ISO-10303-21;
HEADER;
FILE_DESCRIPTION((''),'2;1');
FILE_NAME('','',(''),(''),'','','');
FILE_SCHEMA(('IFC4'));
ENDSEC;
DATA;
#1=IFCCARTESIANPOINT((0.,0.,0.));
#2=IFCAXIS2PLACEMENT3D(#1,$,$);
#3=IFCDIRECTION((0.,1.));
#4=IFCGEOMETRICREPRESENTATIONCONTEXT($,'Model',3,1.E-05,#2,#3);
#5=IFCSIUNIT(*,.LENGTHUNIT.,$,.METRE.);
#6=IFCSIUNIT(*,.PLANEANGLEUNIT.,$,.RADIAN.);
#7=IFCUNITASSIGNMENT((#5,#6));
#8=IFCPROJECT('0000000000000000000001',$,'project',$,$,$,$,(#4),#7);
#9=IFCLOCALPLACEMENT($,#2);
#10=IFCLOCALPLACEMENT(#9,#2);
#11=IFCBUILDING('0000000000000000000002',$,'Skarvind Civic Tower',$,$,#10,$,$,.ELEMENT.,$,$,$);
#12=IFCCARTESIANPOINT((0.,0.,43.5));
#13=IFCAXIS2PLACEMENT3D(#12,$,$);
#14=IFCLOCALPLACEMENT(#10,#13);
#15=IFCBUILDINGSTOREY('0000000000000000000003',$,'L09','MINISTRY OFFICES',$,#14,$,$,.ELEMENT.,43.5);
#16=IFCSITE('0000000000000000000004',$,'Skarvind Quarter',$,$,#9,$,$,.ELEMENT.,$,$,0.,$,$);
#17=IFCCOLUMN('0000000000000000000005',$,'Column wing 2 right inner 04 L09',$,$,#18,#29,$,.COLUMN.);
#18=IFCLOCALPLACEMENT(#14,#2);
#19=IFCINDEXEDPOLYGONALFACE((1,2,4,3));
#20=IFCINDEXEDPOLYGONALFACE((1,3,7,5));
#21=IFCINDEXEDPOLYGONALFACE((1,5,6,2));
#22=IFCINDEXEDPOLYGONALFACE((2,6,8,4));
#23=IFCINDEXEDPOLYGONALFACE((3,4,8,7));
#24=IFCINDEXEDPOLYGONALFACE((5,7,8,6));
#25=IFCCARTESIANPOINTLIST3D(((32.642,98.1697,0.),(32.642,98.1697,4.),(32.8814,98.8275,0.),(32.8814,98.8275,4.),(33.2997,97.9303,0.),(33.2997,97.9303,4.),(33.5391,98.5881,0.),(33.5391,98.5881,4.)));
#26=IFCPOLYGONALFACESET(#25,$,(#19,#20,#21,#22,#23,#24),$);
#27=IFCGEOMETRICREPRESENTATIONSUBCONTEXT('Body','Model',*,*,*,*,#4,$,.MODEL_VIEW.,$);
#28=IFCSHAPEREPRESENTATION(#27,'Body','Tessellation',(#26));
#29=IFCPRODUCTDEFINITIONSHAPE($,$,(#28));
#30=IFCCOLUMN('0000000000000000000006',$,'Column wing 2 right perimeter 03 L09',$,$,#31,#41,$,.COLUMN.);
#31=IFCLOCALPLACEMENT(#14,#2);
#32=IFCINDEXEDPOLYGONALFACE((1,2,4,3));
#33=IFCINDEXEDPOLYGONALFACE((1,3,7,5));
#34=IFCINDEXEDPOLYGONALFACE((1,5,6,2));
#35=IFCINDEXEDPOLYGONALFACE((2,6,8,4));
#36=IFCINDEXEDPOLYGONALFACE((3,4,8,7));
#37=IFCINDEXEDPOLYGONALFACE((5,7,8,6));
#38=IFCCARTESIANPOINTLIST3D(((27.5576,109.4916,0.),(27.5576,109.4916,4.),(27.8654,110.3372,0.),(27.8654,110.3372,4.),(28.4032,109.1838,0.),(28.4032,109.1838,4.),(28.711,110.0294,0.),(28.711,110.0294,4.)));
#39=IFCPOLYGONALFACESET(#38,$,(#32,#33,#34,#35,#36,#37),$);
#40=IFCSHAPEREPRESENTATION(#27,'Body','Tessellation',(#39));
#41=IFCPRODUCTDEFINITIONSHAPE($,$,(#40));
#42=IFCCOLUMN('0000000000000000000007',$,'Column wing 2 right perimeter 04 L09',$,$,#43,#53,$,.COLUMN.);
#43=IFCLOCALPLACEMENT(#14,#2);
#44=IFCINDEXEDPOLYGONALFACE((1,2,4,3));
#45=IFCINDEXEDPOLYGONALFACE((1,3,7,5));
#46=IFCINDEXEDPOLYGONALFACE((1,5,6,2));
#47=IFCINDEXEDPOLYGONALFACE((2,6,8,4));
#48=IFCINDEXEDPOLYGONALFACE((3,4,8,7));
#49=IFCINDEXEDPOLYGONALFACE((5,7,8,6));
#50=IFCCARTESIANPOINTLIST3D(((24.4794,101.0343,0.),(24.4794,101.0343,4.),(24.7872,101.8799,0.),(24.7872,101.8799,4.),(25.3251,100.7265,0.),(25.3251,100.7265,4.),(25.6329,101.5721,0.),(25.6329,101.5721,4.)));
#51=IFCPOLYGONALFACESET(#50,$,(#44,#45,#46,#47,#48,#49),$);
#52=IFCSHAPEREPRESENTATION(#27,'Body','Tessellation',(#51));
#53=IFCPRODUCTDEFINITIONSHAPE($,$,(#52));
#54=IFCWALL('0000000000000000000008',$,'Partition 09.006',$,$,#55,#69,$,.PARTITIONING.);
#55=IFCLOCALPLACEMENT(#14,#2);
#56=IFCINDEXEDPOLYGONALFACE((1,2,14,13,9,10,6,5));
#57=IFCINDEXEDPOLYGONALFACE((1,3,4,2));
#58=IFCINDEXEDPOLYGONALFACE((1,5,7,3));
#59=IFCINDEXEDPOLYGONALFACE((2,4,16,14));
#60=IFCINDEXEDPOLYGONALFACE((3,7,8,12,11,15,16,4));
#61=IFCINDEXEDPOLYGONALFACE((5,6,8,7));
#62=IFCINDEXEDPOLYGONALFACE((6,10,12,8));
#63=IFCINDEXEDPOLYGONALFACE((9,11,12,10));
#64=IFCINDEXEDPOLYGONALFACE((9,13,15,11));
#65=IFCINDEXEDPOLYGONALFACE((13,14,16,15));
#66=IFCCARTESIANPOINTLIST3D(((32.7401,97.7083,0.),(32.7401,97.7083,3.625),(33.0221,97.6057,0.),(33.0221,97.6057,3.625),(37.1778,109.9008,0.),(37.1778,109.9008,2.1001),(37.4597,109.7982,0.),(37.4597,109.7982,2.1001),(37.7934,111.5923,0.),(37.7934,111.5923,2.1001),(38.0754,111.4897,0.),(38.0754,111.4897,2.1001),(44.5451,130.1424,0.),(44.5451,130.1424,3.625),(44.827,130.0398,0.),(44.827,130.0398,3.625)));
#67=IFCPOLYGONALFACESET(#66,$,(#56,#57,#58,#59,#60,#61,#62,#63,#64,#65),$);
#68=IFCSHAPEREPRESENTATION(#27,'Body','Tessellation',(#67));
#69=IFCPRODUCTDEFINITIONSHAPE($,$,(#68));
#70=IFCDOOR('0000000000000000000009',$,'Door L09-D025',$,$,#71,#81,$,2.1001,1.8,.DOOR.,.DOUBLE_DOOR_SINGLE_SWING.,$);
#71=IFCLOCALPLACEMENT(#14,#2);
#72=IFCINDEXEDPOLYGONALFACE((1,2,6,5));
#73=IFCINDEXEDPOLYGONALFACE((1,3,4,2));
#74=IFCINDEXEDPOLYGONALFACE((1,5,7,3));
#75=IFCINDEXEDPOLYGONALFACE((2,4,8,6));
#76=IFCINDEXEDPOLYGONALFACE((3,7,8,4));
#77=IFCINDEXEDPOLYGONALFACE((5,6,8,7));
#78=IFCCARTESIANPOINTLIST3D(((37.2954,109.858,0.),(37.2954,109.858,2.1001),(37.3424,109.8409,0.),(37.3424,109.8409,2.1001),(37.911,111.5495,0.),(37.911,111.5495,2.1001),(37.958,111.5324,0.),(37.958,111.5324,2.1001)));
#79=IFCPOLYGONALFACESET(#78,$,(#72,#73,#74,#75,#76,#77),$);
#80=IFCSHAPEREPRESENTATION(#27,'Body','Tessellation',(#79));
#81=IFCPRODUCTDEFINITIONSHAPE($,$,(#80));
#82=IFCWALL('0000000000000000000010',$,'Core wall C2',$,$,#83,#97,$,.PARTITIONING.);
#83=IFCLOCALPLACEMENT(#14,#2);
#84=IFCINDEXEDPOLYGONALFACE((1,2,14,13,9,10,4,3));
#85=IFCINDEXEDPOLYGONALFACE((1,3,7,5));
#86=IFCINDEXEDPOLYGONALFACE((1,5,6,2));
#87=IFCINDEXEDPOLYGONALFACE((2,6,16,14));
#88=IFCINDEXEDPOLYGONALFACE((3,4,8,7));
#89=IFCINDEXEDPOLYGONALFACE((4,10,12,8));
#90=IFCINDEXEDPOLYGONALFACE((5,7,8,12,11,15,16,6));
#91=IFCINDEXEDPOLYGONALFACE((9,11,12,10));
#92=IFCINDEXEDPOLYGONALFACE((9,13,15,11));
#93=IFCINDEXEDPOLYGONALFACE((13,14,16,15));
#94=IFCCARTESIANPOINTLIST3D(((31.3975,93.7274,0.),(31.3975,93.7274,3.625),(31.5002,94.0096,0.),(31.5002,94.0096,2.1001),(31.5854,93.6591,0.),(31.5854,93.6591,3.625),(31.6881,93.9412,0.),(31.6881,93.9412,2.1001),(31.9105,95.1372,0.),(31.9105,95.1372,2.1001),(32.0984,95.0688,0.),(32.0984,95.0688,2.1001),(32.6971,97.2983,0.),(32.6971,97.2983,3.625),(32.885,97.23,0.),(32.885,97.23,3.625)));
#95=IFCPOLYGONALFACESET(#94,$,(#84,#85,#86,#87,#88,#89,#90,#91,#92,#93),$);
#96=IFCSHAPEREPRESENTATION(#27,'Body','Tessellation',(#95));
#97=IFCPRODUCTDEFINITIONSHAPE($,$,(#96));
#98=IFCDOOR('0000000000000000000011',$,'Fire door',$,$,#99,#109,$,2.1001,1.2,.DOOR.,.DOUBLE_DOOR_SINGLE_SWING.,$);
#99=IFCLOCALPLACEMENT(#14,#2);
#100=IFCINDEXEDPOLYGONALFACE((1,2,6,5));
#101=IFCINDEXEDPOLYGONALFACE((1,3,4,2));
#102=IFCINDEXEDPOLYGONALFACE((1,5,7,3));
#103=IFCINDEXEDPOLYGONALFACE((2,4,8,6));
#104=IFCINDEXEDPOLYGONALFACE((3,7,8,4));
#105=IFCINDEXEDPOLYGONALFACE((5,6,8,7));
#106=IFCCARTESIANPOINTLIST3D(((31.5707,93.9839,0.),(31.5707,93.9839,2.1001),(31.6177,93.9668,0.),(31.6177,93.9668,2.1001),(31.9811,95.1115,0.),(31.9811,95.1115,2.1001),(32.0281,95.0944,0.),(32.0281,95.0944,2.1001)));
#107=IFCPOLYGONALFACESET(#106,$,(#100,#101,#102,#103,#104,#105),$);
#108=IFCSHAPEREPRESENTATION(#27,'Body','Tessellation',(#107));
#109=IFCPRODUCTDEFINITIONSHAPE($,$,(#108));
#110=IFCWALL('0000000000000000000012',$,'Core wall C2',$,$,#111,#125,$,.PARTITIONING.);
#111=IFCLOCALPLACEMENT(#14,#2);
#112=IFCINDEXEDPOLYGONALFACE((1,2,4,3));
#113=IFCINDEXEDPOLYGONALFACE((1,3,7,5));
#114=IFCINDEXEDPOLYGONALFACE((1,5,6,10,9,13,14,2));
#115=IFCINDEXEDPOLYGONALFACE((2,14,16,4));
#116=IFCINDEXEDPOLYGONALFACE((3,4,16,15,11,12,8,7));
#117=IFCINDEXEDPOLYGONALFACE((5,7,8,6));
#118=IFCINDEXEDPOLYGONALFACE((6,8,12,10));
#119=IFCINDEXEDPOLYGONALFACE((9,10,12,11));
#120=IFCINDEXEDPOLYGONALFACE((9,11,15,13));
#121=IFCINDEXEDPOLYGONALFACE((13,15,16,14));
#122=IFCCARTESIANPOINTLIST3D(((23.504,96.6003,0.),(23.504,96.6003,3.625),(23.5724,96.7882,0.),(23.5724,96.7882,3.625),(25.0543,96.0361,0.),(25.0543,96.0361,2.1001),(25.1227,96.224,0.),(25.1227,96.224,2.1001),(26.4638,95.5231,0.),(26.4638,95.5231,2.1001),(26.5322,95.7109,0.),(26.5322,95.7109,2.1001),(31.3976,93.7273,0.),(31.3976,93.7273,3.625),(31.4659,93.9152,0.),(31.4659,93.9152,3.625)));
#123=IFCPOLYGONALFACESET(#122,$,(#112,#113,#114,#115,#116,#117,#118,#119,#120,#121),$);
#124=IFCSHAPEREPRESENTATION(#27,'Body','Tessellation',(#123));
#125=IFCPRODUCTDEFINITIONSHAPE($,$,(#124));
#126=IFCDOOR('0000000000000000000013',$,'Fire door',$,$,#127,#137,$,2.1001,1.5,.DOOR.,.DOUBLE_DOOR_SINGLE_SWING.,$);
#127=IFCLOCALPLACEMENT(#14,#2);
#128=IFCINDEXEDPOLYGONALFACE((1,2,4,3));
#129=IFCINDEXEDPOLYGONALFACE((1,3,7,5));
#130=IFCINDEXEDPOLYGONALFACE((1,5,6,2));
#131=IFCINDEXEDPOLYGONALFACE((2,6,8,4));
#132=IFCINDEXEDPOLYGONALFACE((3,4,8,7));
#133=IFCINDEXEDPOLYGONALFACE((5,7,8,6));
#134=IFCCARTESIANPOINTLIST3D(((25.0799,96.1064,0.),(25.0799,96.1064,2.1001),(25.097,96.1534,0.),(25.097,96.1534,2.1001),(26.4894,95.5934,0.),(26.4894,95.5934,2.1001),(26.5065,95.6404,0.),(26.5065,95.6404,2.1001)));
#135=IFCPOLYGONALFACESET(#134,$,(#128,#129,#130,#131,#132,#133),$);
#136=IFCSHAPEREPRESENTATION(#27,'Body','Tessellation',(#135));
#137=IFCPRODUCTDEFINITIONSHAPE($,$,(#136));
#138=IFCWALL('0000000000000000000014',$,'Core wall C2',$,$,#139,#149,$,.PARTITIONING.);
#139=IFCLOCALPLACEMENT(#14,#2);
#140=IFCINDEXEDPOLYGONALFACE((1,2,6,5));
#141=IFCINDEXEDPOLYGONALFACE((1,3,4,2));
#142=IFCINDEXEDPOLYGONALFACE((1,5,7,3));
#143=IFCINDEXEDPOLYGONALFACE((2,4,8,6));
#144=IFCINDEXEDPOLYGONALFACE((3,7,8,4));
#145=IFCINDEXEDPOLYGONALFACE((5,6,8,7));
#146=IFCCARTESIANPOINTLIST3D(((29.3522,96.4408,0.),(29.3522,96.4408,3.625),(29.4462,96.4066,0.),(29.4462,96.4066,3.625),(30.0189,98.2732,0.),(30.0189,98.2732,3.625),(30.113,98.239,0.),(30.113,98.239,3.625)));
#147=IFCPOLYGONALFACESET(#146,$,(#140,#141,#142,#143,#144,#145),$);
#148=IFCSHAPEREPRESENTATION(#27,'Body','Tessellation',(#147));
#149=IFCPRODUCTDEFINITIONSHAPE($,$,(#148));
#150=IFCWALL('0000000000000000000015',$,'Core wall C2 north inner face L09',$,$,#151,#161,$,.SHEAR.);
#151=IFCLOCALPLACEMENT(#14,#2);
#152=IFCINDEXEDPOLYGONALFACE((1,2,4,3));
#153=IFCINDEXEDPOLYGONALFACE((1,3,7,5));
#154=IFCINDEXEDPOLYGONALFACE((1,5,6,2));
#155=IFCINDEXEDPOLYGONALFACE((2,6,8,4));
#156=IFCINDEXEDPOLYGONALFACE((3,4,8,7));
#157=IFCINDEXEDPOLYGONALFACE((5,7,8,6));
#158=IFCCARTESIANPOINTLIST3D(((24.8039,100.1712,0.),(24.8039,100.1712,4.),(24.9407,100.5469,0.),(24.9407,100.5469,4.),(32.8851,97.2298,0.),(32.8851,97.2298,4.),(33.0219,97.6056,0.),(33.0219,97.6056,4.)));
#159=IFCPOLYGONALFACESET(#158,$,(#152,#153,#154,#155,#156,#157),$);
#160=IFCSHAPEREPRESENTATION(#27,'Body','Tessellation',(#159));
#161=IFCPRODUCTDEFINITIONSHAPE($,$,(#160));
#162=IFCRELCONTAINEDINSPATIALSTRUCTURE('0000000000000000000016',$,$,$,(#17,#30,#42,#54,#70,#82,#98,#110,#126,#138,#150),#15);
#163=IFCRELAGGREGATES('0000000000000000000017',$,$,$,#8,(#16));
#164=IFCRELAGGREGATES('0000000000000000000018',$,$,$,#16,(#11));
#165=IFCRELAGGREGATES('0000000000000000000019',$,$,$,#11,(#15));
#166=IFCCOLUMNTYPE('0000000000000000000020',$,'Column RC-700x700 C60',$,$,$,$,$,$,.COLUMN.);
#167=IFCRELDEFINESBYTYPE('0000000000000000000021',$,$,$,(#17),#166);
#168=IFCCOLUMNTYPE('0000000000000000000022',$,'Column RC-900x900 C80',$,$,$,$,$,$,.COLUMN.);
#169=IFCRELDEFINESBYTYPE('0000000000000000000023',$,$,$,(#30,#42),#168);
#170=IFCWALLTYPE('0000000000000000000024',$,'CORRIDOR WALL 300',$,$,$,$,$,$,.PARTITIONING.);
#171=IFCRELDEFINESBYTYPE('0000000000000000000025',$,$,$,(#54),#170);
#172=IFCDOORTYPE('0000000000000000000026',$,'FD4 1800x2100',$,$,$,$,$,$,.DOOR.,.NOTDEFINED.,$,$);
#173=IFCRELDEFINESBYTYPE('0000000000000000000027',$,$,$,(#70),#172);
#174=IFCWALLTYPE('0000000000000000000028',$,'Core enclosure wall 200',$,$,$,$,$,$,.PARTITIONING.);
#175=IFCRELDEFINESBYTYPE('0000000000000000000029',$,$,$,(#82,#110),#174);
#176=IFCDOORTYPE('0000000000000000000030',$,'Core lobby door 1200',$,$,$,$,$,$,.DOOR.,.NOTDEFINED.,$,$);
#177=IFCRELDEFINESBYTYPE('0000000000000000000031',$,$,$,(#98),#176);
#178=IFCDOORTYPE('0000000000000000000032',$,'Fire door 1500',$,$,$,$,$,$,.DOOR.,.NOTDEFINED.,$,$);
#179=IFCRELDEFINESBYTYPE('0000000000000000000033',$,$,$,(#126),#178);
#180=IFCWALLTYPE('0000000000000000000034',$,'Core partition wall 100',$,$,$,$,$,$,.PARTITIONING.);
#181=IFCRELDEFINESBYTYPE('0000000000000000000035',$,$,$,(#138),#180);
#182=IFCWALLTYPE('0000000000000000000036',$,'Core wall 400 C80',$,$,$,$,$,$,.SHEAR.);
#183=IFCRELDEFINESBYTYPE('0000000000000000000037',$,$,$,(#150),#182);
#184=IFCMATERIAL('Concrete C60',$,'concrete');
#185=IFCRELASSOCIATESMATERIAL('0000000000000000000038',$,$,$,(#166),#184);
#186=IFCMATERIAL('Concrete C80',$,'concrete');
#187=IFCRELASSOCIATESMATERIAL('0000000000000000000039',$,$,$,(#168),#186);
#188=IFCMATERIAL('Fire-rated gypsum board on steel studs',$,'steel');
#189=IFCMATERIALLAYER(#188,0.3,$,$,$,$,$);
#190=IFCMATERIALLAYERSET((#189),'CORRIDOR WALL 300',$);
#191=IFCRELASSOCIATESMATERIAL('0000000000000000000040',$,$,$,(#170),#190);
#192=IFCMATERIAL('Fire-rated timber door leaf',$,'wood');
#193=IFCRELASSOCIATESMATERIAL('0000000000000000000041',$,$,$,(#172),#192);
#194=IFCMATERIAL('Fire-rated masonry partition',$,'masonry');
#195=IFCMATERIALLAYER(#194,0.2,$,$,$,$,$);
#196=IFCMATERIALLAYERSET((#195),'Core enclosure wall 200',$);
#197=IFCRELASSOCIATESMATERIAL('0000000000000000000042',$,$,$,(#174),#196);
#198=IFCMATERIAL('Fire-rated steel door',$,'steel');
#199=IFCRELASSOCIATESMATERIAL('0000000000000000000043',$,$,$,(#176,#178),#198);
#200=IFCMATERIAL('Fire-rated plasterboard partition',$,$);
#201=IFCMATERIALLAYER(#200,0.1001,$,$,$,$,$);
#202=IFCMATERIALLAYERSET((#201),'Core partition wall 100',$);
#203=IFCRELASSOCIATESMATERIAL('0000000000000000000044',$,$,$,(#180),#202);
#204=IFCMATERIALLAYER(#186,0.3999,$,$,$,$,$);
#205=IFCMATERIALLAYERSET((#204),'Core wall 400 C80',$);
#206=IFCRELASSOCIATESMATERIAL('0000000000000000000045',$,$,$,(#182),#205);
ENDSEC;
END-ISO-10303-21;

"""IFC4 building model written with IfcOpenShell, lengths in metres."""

from ifc_helpers import new_model, si_unit, direction, frame, frame_2d, origin, origin_2d, place, context, subcontext, project, spatial, rectangle, extrude, material, layer, layer_set, material_profile, profile_set, type_object, element, fill, save


model = new_model("IFC4")

# Units and contexts
model_context = context("Model", 3, precision=1e-05, world=origin(), true_north=direction((0.0, 1.0)))
body_context = subcontext(model_context, "Body", "Model", "MODEL_VIEW")
ifc_project = project(units=[si_unit("LENGTHUNIT", "METRE"), si_unit("PLANEANGLEUNIT", "RADIAN")], contexts=[model_context])

# Site, building, storey
site_placement = place(None, origin())
site = spatial("IfcSite", under=ifc_project, at=site_placement, Name="Skarvind Quarter", CompositionType="ELEMENT", RefElevation=0.0)
building_placement = place(site_placement, origin())
building = spatial("IfcBuilding", under=site, at=building_placement, Name="Skarvind Civic Tower", CompositionType="ELEMENT")
storey_placement = place(building_placement, frame((0.0, 0.0, 43.5)))
storey = spatial("IfcBuildingStorey", under=building, at=storey_placement, Name="L09", Description="MINISTRY OFFICES", CompositionType="ELEMENT", Elevation=43.5)

# Columns
ifc_material_1 = material(Name="Concrete C60", Category="concrete")
ifc_material_profile_1 = material_profile(ifc_material_1, rectangle(XDim=0.7, YDim=0.7, at=origin_2d()), Name="RC-700x700")
ifc_profile_set_1 = profile_set([ifc_material_profile_1], Name="Concrete C60")
column_type_1 = type_object("IfcColumnType", Name="Column RC-700x700 C60", PredefinedType="COLUMN", material=ifc_profile_set_1)
column_placement = place(storey_placement, frame((33.0906, 98.3789, 0.0), z_axis=(0.0, 0.0, 1.0), x_axis=(-0.34202, -0.939693, 0.0)))
element("IfcColumn", 1, at=column_placement, inside=storey, type_object=column_type_1, Name="Column wing 2 right inner 04 L09", PredefinedType="COLUMN", context=body_context, shape_type="SweptSolid", body=[
    extrude(rectangle(XDim=0.7, YDim=0.7, at=origin_2d()), origin(), (0.0, 0.0, 1.0), 4.0),
])
ifc_material_2 = material(Name="Concrete C80", Category="concrete")
ifc_material_profile_2 = material_profile(ifc_material_2, rectangle(XDim=0.8999, YDim=0.8999, at=origin_2d()), Name="RC-900x900")
ifc_profile_set_2 = profile_set([ifc_material_profile_2], Name="Concrete C80")
column_type_2 = type_object("IfcColumnType", Name="Column RC-900x900 C80", PredefinedType="COLUMN", material=ifc_profile_set_2)
for number, where, z_axis, x_axis, name in (
    (2, (28.1343, 109.7605, 0.0), (0.0, 0.0, 1.0), (-0.34202, -0.939693, 0.0), "Column wing 2 right perimeter 03 L09"),
    (3, (25.0562, 101.3032, 0.0), (0.0, 0.0, 1.0), (-0.34202, -0.939693, 0.0), "Column wing 2 right perimeter 04 L09"),
):
    element("IfcColumn", number, at=place(storey_placement, frame(where, z_axis=z_axis, x_axis=x_axis)), inside=storey, type_object=column_type_2, Name=name, PredefinedType="COLUMN", context=body_context, shape_type="SweptSolid", body=[
        extrude(rectangle(XDim=0.8999, YDim=0.8999, at=origin_2d()), origin(), (0.0, 0.0, 1.0), 4.0),
    ])

# Walls, openings, doors
ifc_material_3 = material(Name="Fire-rated gypsum board on steel studs", Category="steel")
ifc_layer_1 = layer(ifc_material_3, 0.3)
ifc_layer_set_1 = layer_set([ifc_layer_1], Name="CORRIDOR WALL 300")
wall_type_1 = type_object("IfcWallType", Name="CORRIDOR WALL 300", PredefinedType="PARTITIONING", material=ifc_layer_set_1)
wall_1_placement = place(storey_placement, frame((32.8811, 97.657, 0.0), z_axis=(0.0, 0.0, 1.0), x_axis=(0.342017, 0.939694, 0.0)))
wall_1 = element("IfcWall", 4, at=wall_1_placement, inside=storey, type_object=wall_type_1, Name="Partition 09.006", PredefinedType="PARTITIONING", context=body_context, shape_type="SweptSolid", body=[
    extrude(rectangle(XDim=34.5156, YDim=0.3, at=frame_2d((17.2578, 0.0))), origin(), (0.0, 0.0, 1.0), 3.625),
])
opening_1_placement = place(wall_1_placement, frame((12.9751, 0.0, 0.0)))
opening_1 = element("IfcOpeningElement", 5, at=opening_1_placement, cuts=wall_1, PredefinedType="OPENING", context=body_context, shape_type="SweptSolid", body=[
    extrude(rectangle(XDim=1.8, YDim=2.1001, at=frame_2d((0.8999, 1.05))), frame((0.0, 0.1599, 0.0), z_axis=(0.0, -1.0, 0.0), x_axis=(1.0, 0.0, 0.0)), (0.0, 0.0, 1.0), 0.3201),
])
ifc_material_4 = material(Name="Fire-rated timber door leaf", Category="wood")
door_type_1 = type_object("IfcDoorType", Name="FD4 1800x2100", OperationType="NOTDEFINED", PredefinedType="DOOR", material=ifc_material_4)
door_1_placement = place(opening_1_placement, origin())
door_1 = element("IfcDoor", 6, at=door_1_placement, inside=storey, type_object=door_type_1, Name="Door L09-D025", OperationType="DOUBLE_DOOR_SINGLE_SWING", OverallHeight=2.1001, OverallWidth=1.8, PredefinedType="DOOR", context=body_context, shape_type="SweptSolid", body=[
    extrude(rectangle(XDim=1.8, YDim=2.1001, at=frame_2d((0.8999, 1.05))), frame((0.0, 0.0249, 0.0), z_axis=(0.0, -1.0, 0.0), x_axis=(1.0, 0.0, 0.0)), (0.0, 0.0, 1.0), 0.05),
])
fill(opening_1, door_1)
ifc_material_5 = material(Name="Fire-rated masonry partition", Category="masonry")
ifc_layer_2 = layer(ifc_material_5, 0.2)
ifc_layer_set_2 = layer_set([ifc_layer_2], Name="Core enclosure wall 200")
wall_type_2 = type_object("IfcWallType", Name="Core enclosure wall 200", PredefinedType="PARTITIONING", material=ifc_layer_set_2)
wall_2_placement = place(storey_placement, frame((31.4915, 93.6934, 0.0), z_axis=(0.0, 0.0, 1.0), x_axis=(0.341996, 0.939701, 0.0)))
wall_2 = element("IfcWall", 7, at=wall_2_placement, inside=storey, type_object=wall_type_2, Name="Core wall C2", PredefinedType="PARTITIONING", context=body_context, shape_type="SweptSolid", body=[
    extrude(rectangle(XDim=3.8, YDim=0.2, at=frame_2d((1.8999, 0.0))), origin(), (0.0, 0.0, 1.0), 3.625),
])
opening_2_placement = place(wall_2_placement, frame((0.3, 0.0, 0.0)))
opening_2 = element("IfcOpeningElement", 8, at=opening_2_placement, cuts=wall_2, PredefinedType="OPENING", context=body_context, shape_type="SweptSolid", body=[
    extrude(rectangle(XDim=1.2, YDim=2.1001, at=frame_2d((0.6001, 1.05))), frame((0.0, 0.1099, 0.0), z_axis=(0.0, -1.0, 0.0), x_axis=(1.0, 0.0, 0.0)), (0.0, 0.0, 1.0), 0.22),
])
ifc_material_6 = material(Name="Fire-rated steel door", Category="steel")
door_type_2 = type_object("IfcDoorType", Name="Core lobby door 1200", OperationType="NOTDEFINED", PredefinedType="DOOR", material=ifc_material_6)
door_2_placement = place(opening_2_placement, origin())
door_2 = element("IfcDoor", 9, at=door_2_placement, inside=storey, type_object=door_type_2, Name="Fire door", OperationType="DOUBLE_DOOR_SINGLE_SWING", OverallHeight=2.1001, OverallWidth=1.2, PredefinedType="DOOR", context=body_context, shape_type="SweptSolid", body=[
    extrude(rectangle(XDim=1.2, YDim=2.1001, at=frame_2d((0.6001, 1.05))), frame((0.0, 0.0249, 0.0), z_axis=(0.0, -1.0, 0.0), x_axis=(1.0, 0.0, 0.0)), (0.0, 0.0, 1.0), 0.05),
])
fill(opening_2, door_2)
wall_3_placement = place(storey_placement, frame((23.5381, 96.6943, 0.0), z_axis=(0.0, 0.0, 1.0), x_axis=(0.939692, -0.342023, 0.0)))
wall_3 = element("IfcWall", 10, at=wall_3_placement, inside=storey, type_object=wall_type_2, Name="Core wall C2", PredefinedType="PARTITIONING", context=body_context, shape_type="SweptSolid", body=[
    extrude(rectangle(XDim=8.4001, YDim=0.2, at=frame_2d((4.2002, 0.0))), origin(), (0.0, 0.0, 1.0), 3.625),
])
opening_3_placement = place(wall_3_placement, frame((1.6499, 0.0, 0.0)))
opening_3 = element("IfcOpeningElement", 11, at=opening_3_placement, cuts=wall_3, PredefinedType="OPENING", context=body_context, shape_type="SweptSolid", body=[
    extrude(rectangle(XDim=1.5, YDim=2.1001, at=frame_2d((0.75, 1.05))), frame((0.0, 0.1099, 0.0), z_axis=(0.0, -1.0, 0.0), x_axis=(1.0, 0.0, 0.0)), (0.0, 0.0, 1.0), 0.22),
])
door_type_3 = type_object("IfcDoorType", Name="Fire door 1500", OperationType="NOTDEFINED", PredefinedType="DOOR", material=ifc_material_6)
door_3_placement = place(opening_3_placement, origin())
door_3 = element("IfcDoor", 12, at=door_3_placement, inside=storey, type_object=door_type_3, Name="Fire door", OperationType="DOUBLE_DOOR_SINGLE_SWING", OverallHeight=2.1001, OverallWidth=1.5, PredefinedType="DOOR", context=body_context, shape_type="SweptSolid", body=[
    extrude(rectangle(XDim=1.5, YDim=2.1001, at=frame_2d((0.75, 1.05))), frame((0.0, 0.0249, 0.0), z_axis=(0.0, -1.0, 0.0), x_axis=(1.0, 0.0, 0.0)), (0.0, 0.0, 1.0), 0.05),
])
fill(opening_3, door_3)

# Walls
ifc_material_7 = material(Name="Fire-rated plasterboard partition")
ifc_layer_3 = layer(ifc_material_7, 0.1001)
ifc_layer_set_3 = layer_set([ifc_layer_3], Name="Core partition wall 100")
wall_type_3 = type_object("IfcWallType", Name="Core partition wall 100", PredefinedType="PARTITIONING", material=ifc_layer_set_3)
wall_4_placement = place(storey_placement, frame((29.3992, 96.4236, 0.0), z_axis=(0.0, 0.0, 1.0), x_axis=(0.341914, 0.939731, 0.0)))
element("IfcWall", 13, at=wall_4_placement, inside=storey, type_object=wall_type_3, Name="Core wall C2", PredefinedType="PARTITIONING", context=body_context, shape_type="SweptSolid", body=[
    extrude(rectangle(XDim=1.95, YDim=0.1001, at=frame_2d((0.9751, 0.0))), origin(), (0.0, 0.0, 1.0), 3.625),
])
ifc_layer_4 = layer(ifc_material_2, 0.3999)
ifc_layer_set_4 = layer_set([ifc_layer_4], Name="Core wall 400 C80")
wall_type_4 = type_object("IfcWallType", Name="Core wall 400 C80", PredefinedType="SHEAR", material=ifc_layer_set_4)
wall_5_placement = place(storey_placement, frame((32.9534, 97.4177, 0.0), z_axis=(0.0, 0.0, 1.0), x_axis=(-0.939691, 0.342026, 0.0)))
element("IfcWall", 14, at=wall_5_placement, inside=storey, type_object=wall_type_4, Name="Core wall C2 north inner face L09", PredefinedType="SHEAR", context=body_context, shape_type="SweptSolid", body=[
    extrude(rectangle(XDim=8.5999, YDim=0.3999, at=frame_2d((4.2998, 0.0))), origin(), (0.0, 0.0, 1.0), 4.0),
])

save(model, "model.ifc")
